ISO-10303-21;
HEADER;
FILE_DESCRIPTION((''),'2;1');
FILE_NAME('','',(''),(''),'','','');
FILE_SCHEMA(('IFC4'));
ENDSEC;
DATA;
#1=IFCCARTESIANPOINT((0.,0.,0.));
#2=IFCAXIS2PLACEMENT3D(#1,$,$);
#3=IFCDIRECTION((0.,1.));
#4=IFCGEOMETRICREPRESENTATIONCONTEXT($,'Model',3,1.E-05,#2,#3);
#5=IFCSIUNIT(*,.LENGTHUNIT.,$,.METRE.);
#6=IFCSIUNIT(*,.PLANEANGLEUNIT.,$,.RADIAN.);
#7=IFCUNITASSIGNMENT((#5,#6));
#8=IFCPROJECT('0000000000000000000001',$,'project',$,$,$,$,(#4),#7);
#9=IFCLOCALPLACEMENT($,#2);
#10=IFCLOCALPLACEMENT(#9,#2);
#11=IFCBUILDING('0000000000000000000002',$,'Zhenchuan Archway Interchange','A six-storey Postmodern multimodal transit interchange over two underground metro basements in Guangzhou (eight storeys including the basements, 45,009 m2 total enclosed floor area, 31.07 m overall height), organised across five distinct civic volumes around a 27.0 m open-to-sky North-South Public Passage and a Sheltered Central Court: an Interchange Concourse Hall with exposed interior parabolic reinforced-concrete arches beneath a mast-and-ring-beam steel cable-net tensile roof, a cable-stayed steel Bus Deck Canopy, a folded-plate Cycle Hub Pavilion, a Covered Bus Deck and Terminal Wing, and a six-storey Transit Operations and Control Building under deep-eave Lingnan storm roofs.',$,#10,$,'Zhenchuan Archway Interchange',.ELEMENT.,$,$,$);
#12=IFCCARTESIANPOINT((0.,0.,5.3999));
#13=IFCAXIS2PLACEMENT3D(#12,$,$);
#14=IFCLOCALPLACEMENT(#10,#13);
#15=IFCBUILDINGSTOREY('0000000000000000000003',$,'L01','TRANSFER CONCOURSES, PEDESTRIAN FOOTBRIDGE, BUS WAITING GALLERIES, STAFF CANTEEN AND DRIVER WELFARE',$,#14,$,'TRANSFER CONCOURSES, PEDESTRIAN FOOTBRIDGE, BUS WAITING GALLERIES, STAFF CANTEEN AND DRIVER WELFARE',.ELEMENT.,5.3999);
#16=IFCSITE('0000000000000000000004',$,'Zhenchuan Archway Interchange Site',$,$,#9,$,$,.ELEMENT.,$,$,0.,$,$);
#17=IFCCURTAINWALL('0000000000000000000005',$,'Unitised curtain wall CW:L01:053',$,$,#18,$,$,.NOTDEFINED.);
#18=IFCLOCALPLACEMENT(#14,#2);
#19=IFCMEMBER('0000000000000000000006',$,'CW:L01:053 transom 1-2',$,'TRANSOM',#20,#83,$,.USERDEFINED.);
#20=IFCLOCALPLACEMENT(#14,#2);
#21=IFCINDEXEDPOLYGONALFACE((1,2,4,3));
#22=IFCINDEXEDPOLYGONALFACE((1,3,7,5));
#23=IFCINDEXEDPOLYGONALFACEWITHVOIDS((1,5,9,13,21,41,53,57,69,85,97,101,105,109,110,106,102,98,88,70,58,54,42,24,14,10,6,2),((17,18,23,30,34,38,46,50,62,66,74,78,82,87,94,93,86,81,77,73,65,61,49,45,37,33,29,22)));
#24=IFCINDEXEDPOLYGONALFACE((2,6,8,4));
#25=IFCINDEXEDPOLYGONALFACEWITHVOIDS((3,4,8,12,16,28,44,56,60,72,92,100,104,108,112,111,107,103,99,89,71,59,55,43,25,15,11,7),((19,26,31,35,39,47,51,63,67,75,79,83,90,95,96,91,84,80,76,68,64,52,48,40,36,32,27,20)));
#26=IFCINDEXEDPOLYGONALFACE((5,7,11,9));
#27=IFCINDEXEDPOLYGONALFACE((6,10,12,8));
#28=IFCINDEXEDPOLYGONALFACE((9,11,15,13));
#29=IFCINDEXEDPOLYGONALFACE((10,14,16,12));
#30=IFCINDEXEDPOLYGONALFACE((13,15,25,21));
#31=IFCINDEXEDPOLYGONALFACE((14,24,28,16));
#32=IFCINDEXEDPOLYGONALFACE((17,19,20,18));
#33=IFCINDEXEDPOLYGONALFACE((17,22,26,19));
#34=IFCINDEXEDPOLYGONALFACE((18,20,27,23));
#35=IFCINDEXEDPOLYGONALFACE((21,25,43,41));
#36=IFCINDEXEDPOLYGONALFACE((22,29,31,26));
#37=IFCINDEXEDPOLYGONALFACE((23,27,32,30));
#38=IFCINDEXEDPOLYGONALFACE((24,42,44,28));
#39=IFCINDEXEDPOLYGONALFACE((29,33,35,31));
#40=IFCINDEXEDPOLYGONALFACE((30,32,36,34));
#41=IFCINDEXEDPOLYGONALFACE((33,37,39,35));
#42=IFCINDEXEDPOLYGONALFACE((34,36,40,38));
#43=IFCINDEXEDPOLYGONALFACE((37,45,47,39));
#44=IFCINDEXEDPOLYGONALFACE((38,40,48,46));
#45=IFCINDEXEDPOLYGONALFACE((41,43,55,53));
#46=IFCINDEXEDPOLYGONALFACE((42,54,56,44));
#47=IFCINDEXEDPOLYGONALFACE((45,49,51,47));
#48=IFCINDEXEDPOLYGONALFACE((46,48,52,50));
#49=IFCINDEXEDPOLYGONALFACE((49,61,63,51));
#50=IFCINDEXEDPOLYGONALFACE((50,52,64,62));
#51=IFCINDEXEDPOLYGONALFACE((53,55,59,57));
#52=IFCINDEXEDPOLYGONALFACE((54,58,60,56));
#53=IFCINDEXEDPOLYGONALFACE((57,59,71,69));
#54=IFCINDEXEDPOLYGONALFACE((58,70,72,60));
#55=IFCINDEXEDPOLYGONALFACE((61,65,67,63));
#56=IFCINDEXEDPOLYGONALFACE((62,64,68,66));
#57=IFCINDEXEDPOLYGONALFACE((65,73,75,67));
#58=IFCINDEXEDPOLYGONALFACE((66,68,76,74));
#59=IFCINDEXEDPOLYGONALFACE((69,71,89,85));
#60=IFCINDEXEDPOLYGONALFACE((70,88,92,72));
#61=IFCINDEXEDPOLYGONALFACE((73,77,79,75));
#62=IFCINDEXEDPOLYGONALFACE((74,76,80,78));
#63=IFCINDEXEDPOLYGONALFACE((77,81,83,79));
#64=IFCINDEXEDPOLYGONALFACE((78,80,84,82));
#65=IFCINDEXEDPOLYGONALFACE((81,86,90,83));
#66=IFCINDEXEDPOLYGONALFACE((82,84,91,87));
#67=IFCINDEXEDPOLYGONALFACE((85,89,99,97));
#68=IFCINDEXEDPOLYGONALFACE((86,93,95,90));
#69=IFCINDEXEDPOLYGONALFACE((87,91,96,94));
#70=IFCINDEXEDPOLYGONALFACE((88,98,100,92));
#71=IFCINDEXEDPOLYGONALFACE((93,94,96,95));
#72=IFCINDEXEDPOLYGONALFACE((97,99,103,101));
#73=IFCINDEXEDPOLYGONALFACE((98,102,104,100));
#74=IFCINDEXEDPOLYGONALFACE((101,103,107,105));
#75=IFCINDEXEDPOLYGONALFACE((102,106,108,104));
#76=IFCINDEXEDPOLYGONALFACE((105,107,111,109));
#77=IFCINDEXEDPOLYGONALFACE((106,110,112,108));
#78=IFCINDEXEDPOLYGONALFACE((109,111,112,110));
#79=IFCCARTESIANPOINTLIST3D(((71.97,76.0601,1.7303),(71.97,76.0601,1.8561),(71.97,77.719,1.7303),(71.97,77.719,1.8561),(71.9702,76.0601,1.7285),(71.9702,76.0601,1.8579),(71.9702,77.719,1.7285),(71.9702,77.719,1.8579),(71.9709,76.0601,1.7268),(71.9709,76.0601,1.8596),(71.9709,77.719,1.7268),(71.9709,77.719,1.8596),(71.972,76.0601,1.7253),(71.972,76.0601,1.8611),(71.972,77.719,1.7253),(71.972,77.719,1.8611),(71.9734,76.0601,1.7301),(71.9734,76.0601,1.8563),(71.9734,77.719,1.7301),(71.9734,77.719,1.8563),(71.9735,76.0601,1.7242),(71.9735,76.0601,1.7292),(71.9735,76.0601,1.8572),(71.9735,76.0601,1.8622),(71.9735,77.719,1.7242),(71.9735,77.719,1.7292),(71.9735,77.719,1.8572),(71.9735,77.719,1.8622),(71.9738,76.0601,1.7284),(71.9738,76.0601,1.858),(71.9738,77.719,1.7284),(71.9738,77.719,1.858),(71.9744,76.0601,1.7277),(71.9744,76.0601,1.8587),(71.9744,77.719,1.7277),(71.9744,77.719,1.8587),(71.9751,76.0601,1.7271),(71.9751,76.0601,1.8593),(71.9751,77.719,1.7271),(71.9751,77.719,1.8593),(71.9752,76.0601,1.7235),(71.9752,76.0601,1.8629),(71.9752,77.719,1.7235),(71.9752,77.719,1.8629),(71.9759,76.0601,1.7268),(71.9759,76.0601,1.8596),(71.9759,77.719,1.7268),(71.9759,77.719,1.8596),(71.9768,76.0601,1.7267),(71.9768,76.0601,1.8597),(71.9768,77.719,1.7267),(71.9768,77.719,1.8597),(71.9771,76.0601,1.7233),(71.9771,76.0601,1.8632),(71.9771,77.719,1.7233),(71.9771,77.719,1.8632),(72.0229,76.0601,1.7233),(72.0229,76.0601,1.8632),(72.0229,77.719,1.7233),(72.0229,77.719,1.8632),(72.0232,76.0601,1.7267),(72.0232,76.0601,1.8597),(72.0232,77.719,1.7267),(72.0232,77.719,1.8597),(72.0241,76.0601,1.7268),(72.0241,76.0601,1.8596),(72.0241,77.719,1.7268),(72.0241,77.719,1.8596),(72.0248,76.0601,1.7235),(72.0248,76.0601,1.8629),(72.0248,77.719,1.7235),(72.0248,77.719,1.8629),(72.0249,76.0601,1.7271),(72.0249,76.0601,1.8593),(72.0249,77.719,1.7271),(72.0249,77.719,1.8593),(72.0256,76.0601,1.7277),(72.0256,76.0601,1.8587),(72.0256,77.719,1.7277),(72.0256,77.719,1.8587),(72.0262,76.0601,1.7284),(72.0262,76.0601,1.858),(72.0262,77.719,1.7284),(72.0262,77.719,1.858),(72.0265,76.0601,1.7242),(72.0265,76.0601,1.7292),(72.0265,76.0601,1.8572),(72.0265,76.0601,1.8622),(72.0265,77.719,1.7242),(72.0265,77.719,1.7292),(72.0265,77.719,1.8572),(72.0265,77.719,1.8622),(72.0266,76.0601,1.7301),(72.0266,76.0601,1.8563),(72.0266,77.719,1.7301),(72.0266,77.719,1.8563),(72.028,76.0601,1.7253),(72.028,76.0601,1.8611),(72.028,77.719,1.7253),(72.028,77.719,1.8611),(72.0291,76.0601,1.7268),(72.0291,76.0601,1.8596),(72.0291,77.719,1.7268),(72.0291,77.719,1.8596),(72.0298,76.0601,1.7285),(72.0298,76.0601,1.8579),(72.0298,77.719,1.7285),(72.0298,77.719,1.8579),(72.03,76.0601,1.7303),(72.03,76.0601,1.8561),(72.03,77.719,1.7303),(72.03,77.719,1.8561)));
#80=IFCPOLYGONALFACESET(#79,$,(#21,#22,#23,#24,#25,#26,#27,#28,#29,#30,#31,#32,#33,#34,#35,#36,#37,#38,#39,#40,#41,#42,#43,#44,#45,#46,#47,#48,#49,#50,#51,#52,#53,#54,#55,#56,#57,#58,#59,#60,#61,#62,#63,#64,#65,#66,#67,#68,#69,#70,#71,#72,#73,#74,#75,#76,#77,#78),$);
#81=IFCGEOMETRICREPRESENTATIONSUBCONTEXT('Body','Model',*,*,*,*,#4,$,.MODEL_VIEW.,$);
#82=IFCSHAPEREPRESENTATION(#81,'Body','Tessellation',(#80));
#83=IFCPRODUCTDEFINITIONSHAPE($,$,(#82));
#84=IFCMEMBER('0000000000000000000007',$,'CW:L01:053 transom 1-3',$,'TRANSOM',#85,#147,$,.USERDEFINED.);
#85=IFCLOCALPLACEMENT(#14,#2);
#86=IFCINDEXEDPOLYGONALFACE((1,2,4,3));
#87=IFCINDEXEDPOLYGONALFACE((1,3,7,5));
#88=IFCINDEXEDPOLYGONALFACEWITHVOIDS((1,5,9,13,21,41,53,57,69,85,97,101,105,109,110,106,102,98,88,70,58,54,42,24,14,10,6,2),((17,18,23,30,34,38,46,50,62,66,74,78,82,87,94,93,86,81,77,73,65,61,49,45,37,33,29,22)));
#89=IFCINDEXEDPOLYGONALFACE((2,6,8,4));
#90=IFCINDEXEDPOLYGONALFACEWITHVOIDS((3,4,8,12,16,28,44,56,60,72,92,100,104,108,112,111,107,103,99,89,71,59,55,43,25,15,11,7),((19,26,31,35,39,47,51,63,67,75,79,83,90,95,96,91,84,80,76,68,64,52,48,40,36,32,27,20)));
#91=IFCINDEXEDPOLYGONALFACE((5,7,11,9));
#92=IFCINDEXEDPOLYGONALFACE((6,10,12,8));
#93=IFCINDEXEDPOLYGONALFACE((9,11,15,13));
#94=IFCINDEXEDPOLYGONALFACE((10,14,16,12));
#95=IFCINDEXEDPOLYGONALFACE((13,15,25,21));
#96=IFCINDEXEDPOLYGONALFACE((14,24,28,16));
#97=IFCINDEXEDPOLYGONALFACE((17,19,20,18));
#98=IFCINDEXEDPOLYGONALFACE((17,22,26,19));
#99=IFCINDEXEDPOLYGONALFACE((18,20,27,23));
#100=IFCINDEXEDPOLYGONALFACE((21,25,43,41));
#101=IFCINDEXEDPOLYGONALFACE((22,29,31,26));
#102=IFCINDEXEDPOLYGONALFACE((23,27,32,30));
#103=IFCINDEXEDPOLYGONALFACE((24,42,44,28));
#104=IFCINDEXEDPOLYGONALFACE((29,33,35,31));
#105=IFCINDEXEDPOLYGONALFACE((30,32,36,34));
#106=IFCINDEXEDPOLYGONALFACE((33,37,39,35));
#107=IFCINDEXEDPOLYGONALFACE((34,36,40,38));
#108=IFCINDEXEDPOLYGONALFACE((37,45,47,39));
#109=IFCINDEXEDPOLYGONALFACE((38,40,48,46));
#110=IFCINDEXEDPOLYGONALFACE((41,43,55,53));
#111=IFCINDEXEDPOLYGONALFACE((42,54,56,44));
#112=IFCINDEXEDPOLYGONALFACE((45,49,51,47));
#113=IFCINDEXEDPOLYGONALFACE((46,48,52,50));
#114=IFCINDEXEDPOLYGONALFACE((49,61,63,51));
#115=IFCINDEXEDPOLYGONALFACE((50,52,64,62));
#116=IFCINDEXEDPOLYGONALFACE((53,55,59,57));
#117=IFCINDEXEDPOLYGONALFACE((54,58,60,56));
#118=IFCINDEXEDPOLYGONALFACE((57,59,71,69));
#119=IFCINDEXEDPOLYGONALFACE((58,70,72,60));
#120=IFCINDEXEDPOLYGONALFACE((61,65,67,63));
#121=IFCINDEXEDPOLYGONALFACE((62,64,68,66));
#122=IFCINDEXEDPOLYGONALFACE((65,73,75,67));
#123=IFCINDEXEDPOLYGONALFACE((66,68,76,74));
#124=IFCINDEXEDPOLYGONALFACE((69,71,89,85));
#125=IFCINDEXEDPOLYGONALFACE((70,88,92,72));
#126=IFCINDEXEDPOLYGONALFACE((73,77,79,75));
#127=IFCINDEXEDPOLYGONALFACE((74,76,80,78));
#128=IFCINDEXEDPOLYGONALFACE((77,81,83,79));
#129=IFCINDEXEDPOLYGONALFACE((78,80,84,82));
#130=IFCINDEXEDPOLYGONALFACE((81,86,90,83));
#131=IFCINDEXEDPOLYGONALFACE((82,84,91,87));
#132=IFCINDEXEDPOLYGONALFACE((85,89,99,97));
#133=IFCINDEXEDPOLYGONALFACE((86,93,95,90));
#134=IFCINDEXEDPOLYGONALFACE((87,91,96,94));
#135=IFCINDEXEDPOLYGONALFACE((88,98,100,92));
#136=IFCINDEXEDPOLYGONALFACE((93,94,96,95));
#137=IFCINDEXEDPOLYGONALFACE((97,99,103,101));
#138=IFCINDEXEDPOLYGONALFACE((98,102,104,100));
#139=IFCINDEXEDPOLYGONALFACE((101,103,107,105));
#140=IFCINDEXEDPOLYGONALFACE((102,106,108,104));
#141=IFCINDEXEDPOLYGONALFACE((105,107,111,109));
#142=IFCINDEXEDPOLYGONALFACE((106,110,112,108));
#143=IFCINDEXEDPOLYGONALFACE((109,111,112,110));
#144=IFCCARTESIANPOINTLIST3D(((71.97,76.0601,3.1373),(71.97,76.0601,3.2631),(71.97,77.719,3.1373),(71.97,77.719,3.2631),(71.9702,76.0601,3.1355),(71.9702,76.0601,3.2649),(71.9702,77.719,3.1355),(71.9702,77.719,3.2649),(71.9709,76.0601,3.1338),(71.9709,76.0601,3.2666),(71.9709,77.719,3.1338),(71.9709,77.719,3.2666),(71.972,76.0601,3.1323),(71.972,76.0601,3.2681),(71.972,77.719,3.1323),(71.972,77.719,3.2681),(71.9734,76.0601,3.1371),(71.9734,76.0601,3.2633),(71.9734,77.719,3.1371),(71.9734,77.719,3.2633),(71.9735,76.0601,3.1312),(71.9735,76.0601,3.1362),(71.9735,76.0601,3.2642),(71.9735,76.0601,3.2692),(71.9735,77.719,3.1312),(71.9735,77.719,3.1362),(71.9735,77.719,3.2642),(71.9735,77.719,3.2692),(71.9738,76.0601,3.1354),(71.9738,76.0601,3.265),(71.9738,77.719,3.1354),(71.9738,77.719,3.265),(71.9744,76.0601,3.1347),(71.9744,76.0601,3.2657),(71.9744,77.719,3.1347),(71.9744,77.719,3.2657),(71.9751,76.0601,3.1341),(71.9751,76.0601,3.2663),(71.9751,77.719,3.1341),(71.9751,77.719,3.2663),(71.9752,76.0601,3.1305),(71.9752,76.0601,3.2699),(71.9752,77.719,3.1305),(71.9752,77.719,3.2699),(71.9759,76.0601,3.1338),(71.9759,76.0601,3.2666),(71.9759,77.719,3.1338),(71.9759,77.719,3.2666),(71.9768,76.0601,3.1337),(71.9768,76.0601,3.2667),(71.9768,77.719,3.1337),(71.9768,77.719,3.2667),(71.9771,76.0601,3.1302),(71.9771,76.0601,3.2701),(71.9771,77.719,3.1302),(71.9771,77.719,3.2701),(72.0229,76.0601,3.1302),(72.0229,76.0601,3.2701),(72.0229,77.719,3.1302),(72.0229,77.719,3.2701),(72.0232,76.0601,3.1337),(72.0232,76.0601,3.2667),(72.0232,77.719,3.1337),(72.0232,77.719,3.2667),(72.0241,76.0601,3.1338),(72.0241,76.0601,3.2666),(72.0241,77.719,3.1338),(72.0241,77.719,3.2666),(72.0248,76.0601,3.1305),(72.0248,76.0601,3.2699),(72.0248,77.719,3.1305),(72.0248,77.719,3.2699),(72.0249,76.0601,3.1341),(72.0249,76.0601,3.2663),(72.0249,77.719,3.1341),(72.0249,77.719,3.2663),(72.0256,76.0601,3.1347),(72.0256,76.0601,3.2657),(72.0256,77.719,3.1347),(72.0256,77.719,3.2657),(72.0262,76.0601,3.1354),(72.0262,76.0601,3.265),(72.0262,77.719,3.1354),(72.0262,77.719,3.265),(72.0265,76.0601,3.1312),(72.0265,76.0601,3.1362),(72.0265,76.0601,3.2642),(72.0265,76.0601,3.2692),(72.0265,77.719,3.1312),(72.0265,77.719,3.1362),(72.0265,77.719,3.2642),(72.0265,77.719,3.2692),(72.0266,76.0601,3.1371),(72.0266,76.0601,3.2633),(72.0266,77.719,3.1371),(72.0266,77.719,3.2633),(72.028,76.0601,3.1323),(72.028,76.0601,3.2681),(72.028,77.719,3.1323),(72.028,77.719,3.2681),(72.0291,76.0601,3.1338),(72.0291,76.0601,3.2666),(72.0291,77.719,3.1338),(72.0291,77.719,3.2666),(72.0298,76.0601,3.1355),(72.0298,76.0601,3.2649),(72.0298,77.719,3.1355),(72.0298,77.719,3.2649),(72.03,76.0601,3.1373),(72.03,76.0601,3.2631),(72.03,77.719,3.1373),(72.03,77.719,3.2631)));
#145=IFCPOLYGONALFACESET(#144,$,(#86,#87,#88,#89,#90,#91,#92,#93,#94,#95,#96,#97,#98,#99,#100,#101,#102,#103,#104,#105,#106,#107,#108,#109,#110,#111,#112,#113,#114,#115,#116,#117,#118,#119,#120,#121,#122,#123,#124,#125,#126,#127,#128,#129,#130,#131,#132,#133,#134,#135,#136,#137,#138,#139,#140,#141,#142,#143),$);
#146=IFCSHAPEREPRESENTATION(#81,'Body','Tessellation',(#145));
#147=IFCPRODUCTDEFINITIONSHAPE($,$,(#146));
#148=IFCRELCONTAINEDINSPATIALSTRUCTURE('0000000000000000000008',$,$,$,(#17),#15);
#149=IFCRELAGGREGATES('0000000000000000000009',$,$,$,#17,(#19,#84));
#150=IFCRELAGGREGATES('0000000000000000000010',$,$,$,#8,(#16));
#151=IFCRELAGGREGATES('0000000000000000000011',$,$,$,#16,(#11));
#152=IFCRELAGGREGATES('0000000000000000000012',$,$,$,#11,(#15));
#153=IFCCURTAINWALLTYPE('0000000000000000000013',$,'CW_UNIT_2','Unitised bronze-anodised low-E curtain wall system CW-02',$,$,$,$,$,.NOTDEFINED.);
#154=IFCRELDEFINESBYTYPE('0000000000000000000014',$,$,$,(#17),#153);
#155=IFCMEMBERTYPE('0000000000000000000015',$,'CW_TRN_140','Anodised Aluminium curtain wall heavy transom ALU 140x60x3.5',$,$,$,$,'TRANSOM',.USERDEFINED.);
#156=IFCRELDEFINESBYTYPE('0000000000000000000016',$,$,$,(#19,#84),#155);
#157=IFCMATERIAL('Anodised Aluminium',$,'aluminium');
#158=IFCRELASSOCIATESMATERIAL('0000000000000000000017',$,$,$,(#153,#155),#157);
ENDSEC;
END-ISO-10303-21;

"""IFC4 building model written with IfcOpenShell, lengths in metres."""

from ifc_helpers import new_model, si_unit, direction, frame, origin, origin_2d, place, context, subcontext, project, spatial, hollow_rectangle, extrude, material, material_profile, profile_set, type_object, element, aggregate, save


model = new_model("IFC4")

# Units and contexts
model_context = context("Model", 3, precision=1e-05, world=origin(), true_north=direction((0.0, 1.0)))
body_context = subcontext(model_context, "Body", "Model", "MODEL_VIEW")
ifc_project = project(units=[si_unit("LENGTHUNIT", "METRE"), si_unit("PLANEANGLEUNIT", "RADIAN")], contexts=[model_context])

# Site, building, storey
site_placement = place(None, origin())
site = spatial("IfcSite", under=ifc_project, at=site_placement, Name="Zhenchuan Archway Interchange Site", CompositionType="ELEMENT", RefElevation=0.0)
building_placement = place(site_placement, origin())
building = spatial("IfcBuilding", under=site, at=building_placement, Name="Zhenchuan Archway Interchange", Description="A six-storey Postmodern multimodal transit interchange over two underground metro basements in Guangzhou (eight storeys including the basements, 45,009 m2 total enclosed floor area, 31.07 m overall height), organised across five distinct civic volumes around a 27.0 m open-to-sky North-South Public Passage and a Sheltered Central Court: an Interchange Concourse Hall with exposed interior parabolic reinforced-concrete arches beneath a mast-and-ring-beam steel cable-net tensile roof, a cable-stayed steel Bus Deck Canopy, a folded-plate Cycle Hub Pavilion, a Covered Bus Deck and Terminal Wing, and a six-storey Transit Operations and Control Building under deep-eave Lingnan storm roofs.", LongName="Zhenchuan Archway Interchange", CompositionType="ELEMENT")
storey_placement = place(building_placement, frame((0.0, 0.0, 5.3999)))
storey = spatial("IfcBuildingStorey", under=building, at=storey_placement, Name="L01", Description="TRANSFER CONCOURSES, PEDESTRIAN FOOTBRIDGE, BUS WAITING GALLERIES, STAFF CANTEEN AND DRIVER WELFARE", LongName="TRANSFER CONCOURSES, PEDESTRIAN FOOTBRIDGE, BUS WAITING GALLERIES, STAFF CANTEEN AND DRIVER WELFARE", CompositionType="ELEMENT", Elevation=5.3999)

# Curtain wall, members
ifc_material_1 = material(Name="Anodised Aluminium", Category="aluminium")
curtain_wall_type = type_object("IfcCurtainWallType", Name="CW_UNIT_2", Description="Unitised bronze-anodised low-E curtain wall system CW-02", PredefinedType="NOTDEFINED", material=ifc_material_1)
curtain_wall_placement = place(storey_placement, origin())
curtain_wall = element("IfcCurtainWall", 1, at=curtain_wall_placement, inside=storey, type_object=curtain_wall_type, Name="Unitised curtain wall CW:L01:053", PredefinedType="NOTDEFINED")
ifc_material_profile_1 = material_profile(ifc_material_1, hollow_rectangle(XDim=0.0601, YDim=0.1399, WallThickness=0.0034, InnerFilletRadius=0.0034, OuterFilletRadius=0.0071, at=origin_2d()), Name="ALU 140x60x3.5")
ifc_profile_set_1 = profile_set([ifc_material_profile_1], Name="Anodised Aluminium")
member_type_1 = type_object("IfcMemberType", Name="CW_TRN_140", Description="Anodised Aluminium curtain wall heavy transom ALU 140x60x3.5", ElementType="TRANSOM", PredefinedType="USERDEFINED", material=ifc_profile_set_1)
member_1_placement = place(storey_placement, frame((72.0, 77.719, 1.7932), z_axis=(0.0, -1.0, 0.0), x_axis=(1.0, 0.0, 0.0)))
member_1 = element("IfcMember", 2, at=member_1_placement, type_object=member_type_1, Name="CW:L01:053 transom 1-2", ObjectType="TRANSOM", PredefinedType="USERDEFINED", context=body_context, shape_type="SweptSolid", body=[
    extrude(hollow_rectangle(XDim=0.0601, YDim=0.1399, WallThickness=0.0034, InnerFilletRadius=0.0034, OuterFilletRadius=0.0071, at=origin_2d()), origin(), (0.0, 0.0, 1.0), 1.6589),
])
member_2_placement = place(storey_placement, frame((72.0, 77.719, 3.2002), z_axis=(0.0, -1.0, 0.0), x_axis=(1.0, 0.0, 0.0)))
member_2 = element("IfcMember", 3, at=member_2_placement, type_object=member_type_1, Name="CW:L01:053 transom 1-3", ObjectType="TRANSOM", PredefinedType="USERDEFINED", context=body_context, shape_type="SweptSolid", body=[
    extrude(hollow_rectangle(XDim=0.0601, YDim=0.1399, WallThickness=0.0034, InnerFilletRadius=0.0034, OuterFilletRadius=0.0071, at=origin_2d()), origin(), (0.0, 0.0, 1.0), 1.6589),
])

aggregate(curtain_wall, [member_1, member_2])

save(model, "model.ifc")
